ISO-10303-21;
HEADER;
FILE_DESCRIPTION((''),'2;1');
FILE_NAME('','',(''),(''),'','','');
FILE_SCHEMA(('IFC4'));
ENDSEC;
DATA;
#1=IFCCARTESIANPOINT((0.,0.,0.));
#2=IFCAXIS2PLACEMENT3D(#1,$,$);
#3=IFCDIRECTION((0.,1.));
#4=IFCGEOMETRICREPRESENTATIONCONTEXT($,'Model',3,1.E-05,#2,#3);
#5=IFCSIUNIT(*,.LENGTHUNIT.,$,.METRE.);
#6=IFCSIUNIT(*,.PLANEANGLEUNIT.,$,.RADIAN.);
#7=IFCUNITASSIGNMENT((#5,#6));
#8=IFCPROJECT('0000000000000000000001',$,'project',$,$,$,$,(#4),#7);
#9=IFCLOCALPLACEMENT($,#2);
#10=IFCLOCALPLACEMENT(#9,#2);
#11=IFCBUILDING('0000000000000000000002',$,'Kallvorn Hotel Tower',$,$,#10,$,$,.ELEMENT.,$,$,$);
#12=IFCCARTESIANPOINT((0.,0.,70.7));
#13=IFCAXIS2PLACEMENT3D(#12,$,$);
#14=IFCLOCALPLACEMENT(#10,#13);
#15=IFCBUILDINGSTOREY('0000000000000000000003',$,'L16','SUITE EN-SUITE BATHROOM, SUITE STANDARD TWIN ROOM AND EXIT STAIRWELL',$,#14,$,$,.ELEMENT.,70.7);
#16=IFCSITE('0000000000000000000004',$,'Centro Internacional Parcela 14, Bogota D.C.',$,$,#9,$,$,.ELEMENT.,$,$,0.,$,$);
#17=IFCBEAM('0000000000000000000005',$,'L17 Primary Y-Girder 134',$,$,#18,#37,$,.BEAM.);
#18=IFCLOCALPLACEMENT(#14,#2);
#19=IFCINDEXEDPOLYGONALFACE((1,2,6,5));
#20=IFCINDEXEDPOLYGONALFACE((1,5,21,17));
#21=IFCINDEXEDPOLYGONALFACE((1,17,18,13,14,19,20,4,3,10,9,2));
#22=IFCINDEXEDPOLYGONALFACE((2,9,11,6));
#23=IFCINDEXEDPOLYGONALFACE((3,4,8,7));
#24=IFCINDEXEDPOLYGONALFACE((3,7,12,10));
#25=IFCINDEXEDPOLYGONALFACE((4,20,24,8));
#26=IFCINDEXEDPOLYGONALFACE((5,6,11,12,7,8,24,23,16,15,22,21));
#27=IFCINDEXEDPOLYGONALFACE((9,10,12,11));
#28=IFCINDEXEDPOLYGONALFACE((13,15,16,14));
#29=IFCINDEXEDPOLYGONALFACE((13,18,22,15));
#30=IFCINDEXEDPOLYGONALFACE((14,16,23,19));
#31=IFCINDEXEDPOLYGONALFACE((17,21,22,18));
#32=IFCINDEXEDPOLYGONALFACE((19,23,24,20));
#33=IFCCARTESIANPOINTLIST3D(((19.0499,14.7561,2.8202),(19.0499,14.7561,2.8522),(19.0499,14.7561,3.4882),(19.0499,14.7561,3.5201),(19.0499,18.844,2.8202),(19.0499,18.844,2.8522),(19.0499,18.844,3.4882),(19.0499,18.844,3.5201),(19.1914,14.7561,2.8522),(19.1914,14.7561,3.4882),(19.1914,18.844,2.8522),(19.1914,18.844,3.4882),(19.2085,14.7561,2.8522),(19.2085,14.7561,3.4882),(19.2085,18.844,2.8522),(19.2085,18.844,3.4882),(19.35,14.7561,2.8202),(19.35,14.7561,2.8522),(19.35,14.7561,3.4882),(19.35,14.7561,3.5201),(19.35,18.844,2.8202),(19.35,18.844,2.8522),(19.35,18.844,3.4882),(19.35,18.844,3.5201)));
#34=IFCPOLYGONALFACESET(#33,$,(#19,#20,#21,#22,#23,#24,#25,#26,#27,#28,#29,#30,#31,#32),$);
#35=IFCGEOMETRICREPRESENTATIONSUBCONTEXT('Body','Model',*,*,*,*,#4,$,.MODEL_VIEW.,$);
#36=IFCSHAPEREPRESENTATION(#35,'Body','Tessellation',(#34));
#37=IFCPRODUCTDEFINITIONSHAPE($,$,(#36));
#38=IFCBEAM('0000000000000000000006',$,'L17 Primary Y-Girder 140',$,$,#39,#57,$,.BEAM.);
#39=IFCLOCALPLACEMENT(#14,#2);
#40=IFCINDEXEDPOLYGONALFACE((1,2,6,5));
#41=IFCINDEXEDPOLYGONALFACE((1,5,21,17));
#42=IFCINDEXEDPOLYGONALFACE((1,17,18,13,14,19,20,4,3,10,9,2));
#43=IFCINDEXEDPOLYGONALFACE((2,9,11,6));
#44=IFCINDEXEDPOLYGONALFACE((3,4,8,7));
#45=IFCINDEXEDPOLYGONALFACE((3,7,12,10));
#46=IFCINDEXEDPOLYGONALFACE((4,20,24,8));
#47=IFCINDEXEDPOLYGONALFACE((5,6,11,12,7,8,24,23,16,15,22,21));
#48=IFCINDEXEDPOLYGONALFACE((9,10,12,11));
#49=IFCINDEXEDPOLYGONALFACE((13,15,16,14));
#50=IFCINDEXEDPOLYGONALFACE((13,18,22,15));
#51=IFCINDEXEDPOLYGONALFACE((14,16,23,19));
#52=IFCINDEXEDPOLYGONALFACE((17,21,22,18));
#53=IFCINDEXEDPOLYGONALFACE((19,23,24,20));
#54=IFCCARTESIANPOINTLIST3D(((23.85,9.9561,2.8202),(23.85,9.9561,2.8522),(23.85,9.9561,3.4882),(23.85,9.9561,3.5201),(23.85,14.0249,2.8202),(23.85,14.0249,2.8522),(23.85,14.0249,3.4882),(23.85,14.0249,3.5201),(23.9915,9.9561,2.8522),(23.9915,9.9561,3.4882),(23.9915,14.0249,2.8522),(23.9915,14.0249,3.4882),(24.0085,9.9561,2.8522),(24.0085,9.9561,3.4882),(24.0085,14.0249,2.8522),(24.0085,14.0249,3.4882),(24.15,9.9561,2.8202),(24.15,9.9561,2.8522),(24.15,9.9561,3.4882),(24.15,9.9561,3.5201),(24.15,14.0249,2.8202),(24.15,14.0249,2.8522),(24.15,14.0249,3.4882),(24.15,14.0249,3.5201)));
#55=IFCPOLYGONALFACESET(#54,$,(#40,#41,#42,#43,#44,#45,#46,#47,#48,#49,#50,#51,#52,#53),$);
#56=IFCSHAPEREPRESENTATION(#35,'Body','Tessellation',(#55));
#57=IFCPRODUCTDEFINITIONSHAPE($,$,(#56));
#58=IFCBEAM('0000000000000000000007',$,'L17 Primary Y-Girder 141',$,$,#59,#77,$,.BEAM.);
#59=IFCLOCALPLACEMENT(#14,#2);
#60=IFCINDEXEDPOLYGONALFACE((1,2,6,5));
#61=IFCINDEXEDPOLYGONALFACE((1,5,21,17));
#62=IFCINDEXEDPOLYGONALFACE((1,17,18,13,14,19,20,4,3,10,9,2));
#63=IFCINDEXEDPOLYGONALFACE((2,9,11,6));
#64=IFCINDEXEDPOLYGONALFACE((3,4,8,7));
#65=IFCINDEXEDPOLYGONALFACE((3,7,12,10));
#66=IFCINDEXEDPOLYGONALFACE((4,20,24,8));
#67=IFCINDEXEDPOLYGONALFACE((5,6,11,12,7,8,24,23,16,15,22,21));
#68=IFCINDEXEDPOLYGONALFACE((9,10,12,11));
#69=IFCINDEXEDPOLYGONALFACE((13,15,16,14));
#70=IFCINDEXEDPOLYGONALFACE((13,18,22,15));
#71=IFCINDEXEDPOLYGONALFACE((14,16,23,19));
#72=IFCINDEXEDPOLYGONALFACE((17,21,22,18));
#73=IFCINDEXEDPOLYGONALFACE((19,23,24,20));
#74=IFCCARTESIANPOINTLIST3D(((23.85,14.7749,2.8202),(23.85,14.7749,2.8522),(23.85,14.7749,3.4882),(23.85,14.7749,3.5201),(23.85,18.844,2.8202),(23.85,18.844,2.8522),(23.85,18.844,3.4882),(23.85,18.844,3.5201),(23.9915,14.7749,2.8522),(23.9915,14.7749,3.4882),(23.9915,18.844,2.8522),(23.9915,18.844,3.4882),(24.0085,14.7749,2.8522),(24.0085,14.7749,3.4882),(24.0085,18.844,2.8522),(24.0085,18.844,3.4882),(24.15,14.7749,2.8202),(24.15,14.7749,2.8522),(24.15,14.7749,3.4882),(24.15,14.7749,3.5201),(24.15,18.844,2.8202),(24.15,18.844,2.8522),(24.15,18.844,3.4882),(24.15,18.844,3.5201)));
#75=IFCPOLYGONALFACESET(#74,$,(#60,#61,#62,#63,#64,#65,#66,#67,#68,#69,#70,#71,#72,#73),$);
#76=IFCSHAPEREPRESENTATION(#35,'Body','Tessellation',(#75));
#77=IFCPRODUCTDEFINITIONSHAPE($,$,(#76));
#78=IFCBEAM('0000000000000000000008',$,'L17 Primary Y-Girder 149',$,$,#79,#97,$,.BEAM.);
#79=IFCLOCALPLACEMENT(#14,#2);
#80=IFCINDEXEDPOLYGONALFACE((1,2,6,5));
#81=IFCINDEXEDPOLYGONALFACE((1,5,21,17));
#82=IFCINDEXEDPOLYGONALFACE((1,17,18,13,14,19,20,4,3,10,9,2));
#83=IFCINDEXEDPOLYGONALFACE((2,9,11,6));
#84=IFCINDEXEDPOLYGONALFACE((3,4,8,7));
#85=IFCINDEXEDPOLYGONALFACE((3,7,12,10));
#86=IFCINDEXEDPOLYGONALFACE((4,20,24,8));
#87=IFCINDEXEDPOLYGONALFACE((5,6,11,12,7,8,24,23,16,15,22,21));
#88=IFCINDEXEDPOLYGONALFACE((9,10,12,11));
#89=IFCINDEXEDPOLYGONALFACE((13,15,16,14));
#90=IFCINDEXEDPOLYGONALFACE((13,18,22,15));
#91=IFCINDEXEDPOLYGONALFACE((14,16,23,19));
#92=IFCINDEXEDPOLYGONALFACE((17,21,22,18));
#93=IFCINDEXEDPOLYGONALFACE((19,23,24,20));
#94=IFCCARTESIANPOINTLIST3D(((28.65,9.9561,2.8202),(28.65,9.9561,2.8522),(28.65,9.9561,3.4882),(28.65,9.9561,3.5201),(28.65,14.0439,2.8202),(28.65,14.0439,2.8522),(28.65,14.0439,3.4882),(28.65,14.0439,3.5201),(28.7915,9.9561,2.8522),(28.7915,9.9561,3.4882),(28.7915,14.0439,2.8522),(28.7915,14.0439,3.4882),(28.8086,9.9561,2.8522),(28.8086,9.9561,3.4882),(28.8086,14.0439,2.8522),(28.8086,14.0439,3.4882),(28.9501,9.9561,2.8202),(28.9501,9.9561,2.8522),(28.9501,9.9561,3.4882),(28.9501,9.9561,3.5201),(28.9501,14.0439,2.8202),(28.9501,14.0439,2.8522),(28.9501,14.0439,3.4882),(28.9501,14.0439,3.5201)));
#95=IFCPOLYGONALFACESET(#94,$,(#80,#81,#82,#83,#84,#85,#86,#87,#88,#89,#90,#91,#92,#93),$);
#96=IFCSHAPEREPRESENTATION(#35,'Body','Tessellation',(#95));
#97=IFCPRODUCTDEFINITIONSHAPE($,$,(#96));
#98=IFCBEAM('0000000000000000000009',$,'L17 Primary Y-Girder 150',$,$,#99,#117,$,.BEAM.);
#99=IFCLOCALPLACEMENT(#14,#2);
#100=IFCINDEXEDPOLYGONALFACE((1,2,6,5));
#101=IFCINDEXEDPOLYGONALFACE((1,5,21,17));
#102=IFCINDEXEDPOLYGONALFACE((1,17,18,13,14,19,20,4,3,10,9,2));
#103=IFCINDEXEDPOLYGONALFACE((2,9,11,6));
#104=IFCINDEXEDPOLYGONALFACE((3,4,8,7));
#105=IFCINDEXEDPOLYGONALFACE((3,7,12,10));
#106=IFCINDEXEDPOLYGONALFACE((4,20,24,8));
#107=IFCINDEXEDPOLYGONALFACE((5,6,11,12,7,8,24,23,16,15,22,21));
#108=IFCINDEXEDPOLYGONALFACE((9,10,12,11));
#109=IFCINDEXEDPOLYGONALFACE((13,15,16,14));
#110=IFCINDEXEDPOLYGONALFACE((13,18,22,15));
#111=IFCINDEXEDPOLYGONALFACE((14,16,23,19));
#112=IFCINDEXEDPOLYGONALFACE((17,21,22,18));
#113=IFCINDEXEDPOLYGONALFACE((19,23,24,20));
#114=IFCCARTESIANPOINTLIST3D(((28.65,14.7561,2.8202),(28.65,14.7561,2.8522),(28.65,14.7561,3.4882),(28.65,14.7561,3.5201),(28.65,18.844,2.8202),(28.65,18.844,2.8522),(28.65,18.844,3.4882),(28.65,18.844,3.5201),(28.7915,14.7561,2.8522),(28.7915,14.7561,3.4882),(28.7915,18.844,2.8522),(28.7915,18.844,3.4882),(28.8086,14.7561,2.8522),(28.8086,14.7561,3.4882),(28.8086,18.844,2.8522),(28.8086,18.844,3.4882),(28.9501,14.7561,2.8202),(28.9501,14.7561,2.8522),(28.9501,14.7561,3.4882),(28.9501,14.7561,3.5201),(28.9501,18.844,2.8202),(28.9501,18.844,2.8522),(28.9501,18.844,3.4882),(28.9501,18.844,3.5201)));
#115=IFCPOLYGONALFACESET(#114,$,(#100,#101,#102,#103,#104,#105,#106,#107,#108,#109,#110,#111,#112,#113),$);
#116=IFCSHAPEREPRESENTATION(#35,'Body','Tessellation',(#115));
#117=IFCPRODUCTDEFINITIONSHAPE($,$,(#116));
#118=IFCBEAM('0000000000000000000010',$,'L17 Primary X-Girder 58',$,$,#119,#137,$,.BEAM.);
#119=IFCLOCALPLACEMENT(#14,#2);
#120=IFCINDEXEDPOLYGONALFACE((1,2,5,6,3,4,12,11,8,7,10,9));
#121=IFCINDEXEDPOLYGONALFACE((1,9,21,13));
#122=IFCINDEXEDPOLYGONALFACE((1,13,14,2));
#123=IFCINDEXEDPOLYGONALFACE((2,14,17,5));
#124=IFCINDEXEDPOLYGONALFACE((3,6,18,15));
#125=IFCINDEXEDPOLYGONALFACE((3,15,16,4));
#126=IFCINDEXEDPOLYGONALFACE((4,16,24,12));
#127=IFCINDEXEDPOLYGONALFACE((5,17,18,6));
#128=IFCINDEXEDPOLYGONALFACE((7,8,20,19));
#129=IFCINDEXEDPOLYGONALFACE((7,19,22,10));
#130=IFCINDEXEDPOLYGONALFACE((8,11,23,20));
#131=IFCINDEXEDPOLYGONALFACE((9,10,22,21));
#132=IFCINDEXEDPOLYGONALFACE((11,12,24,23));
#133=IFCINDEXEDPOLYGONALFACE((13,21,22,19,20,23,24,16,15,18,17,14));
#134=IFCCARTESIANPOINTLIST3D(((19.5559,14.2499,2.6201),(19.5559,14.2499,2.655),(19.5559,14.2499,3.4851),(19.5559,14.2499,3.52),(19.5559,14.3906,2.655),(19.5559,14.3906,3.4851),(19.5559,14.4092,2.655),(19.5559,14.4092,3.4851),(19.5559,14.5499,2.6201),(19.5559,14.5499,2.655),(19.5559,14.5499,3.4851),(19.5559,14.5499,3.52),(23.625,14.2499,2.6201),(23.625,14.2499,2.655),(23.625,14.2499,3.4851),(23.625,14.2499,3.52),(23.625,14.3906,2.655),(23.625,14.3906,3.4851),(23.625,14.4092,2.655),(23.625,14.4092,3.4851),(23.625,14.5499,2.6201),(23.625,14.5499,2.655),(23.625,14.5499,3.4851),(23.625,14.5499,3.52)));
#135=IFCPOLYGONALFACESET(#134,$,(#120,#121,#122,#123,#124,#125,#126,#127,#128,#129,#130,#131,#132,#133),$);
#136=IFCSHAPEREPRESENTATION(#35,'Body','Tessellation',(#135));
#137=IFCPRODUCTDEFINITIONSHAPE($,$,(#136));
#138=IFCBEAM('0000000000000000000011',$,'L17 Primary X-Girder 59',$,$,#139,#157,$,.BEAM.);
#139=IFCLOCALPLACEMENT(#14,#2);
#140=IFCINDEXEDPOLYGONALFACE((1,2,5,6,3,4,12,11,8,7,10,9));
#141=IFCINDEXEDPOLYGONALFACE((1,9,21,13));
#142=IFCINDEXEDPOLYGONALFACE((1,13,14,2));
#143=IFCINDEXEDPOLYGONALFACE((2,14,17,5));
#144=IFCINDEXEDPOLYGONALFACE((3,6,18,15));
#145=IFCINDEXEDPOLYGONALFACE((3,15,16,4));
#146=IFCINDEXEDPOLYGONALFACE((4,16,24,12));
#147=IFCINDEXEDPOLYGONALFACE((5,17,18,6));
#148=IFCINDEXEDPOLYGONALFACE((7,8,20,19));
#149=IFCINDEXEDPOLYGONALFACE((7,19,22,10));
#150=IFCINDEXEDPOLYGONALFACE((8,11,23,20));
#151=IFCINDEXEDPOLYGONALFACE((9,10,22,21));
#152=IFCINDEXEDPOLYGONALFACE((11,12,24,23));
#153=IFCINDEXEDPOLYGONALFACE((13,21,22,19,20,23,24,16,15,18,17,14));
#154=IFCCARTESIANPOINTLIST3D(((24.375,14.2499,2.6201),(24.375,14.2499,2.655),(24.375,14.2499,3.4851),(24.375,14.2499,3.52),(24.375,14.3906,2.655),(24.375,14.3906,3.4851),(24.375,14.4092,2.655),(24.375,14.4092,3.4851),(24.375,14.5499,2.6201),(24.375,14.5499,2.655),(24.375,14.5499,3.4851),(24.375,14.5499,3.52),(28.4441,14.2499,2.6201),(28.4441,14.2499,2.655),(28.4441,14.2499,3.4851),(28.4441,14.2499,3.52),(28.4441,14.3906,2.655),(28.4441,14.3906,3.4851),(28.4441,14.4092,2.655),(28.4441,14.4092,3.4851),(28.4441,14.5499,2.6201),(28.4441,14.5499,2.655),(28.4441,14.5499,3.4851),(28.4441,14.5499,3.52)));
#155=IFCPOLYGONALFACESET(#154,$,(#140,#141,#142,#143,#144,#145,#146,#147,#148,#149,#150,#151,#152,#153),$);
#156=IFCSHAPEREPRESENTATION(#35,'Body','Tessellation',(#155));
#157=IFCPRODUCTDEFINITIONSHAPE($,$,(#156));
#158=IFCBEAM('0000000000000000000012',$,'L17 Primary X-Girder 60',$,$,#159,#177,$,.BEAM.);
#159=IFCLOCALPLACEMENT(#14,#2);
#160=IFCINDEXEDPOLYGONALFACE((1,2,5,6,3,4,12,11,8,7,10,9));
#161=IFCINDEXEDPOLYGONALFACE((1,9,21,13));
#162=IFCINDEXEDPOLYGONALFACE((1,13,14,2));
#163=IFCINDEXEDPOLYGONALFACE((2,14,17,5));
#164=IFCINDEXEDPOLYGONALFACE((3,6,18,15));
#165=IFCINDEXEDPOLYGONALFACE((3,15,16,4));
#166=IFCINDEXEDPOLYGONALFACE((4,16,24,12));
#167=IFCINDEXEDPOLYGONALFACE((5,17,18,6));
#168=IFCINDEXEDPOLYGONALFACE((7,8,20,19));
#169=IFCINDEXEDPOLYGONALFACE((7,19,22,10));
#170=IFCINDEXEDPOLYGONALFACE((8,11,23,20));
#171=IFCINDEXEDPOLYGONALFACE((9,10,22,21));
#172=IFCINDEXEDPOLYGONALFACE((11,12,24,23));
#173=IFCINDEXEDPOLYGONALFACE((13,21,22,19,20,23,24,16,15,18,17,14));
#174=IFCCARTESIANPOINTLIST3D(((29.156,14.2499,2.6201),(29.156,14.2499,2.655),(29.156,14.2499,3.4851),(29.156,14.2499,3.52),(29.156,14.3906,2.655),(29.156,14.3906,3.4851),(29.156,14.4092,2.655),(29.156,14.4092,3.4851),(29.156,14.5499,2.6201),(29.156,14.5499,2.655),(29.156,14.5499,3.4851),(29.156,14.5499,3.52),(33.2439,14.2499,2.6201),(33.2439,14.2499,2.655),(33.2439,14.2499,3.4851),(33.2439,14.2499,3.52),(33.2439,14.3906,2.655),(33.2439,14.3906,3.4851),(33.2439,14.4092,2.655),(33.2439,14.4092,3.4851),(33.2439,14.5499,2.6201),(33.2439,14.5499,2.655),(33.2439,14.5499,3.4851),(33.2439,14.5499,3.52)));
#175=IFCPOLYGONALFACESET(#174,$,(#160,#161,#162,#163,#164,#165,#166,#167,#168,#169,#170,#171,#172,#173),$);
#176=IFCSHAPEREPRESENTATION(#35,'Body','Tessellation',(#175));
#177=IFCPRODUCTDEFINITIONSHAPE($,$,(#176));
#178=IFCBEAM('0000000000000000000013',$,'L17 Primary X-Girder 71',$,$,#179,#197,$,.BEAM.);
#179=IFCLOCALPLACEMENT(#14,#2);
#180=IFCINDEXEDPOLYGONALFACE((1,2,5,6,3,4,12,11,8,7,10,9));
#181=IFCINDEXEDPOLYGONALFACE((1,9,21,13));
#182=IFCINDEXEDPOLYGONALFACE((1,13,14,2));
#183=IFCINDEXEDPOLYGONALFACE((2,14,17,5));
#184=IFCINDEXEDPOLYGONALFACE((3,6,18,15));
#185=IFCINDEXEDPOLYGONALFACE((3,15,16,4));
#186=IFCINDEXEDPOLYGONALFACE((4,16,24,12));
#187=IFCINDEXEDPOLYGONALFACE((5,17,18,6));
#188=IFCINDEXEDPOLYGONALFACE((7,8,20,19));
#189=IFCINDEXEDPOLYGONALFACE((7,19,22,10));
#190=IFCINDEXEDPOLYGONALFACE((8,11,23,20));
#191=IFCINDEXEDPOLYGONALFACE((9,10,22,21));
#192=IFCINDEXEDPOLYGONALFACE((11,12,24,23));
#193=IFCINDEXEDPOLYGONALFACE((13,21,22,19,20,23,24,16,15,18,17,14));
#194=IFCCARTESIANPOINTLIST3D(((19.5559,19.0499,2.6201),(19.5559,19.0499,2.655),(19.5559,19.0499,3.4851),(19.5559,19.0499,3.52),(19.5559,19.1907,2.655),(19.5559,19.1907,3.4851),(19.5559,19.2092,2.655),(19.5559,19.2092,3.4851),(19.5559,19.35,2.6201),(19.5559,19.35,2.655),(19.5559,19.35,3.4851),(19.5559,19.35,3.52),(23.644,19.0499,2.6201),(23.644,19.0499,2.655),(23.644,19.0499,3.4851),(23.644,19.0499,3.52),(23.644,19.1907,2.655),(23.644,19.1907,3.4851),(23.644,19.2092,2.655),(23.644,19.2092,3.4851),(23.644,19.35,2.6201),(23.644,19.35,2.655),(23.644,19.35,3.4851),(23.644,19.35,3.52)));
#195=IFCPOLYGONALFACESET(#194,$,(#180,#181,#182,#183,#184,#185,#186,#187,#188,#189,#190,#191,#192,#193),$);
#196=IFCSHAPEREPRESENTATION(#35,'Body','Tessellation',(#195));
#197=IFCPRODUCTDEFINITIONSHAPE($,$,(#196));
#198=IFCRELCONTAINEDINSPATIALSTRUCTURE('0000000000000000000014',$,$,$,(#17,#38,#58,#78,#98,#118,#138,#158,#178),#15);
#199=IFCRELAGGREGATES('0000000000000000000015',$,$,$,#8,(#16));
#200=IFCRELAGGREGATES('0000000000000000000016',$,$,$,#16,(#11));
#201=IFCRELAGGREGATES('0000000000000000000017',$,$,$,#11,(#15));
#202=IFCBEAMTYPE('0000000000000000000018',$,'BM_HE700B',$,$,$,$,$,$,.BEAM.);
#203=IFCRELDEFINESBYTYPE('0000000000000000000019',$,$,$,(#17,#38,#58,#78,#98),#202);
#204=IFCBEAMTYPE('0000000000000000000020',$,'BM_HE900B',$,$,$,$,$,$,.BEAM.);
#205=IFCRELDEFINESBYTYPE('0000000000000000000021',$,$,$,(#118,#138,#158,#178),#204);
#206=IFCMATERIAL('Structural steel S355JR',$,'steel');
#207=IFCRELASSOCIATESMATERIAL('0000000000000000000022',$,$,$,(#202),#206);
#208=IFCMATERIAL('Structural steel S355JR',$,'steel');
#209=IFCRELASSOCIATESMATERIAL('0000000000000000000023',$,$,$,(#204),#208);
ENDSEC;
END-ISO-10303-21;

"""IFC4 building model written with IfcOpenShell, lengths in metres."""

from ifc_helpers import new_model, si_unit, direction, frame, origin, origin_2d, place, context, subcontext, project, spatial, i_section, extrude, material, material_profile, profile_set, type_object, element, save


model = new_model("IFC4")

# Units and contexts
model_context = context("Model", 3, precision=1e-05, world=origin(), true_north=direction((0.0, 1.0)))
body_context = subcontext(model_context, "Body", "Model", "MODEL_VIEW")
ifc_project = project(units=[si_unit("LENGTHUNIT", "METRE"), si_unit("PLANEANGLEUNIT", "RADIAN")], contexts=[model_context])

# Site, building, storey
site_placement = place(None, origin())
site = spatial("IfcSite", under=ifc_project, at=site_placement, Name="Centro Internacional Parcela 14, Bogota D.C.", CompositionType="ELEMENT", RefElevation=0.0)
building_placement = place(site_placement, origin())
building = spatial("IfcBuilding", under=site, at=building_placement, Name="Kallvorn Hotel Tower", CompositionType="ELEMENT")
storey_placement = place(building_placement, frame((0.0, 0.0, 70.7)))
storey = spatial("IfcBuildingStorey", under=building, at=storey_placement, Name="L16", Description="SUITE EN-SUITE BATHROOM, SUITE STANDARD TWIN ROOM AND EXIT STAIRWELL", CompositionType="ELEMENT", Elevation=70.7)

# Beams
ifc_material_1 = material(Name="Structural steel S355JR", Category="steel")
ifc_material_profile_1 = material_profile(ifc_material_1, i_section(OverallWidth=0.3, OverallDepth=0.7, WebThickness=0.0171, FlangeThickness=0.032, at=origin_2d()), Name="HE 700 B")
ifc_profile_set_1 = profile_set([ifc_material_profile_1], Name="Structural steel S355JR")
beam_type_1 = type_object("IfcBeamType", Name="BM_HE700B", PredefinedType="BEAM", material=ifc_profile_set_1)
beam_1_placement = place(storey_placement, frame((19.2, 14.7561, 3.1702), z_axis=(0.0, 1.0, 0.0), x_axis=(-1.0, 0.0, 0.0)))
element("IfcBeam", 1, at=beam_1_placement, inside=storey, type_object=beam_type_1, Name="L17 Primary Y-Girder 134", PredefinedType="BEAM", context=body_context, shape_type="SweptSolid", body=[
    extrude(i_section(OverallWidth=0.3, OverallDepth=0.7, WebThickness=0.0171, FlangeThickness=0.032, at=origin_2d()), origin(), (0.0, 0.0, 1.0), 4.0879),
])
beam_2_placement = place(storey_placement, frame((24.0, 9.9561, 3.1702), z_axis=(0.0, 1.0, 0.0), x_axis=(-1.0, 0.0, 0.0)))
element("IfcBeam", 2, at=beam_2_placement, inside=storey, type_object=beam_type_1, Name="L17 Primary Y-Girder 140", PredefinedType="BEAM", context=body_context, shape_type="SweptSolid", body=[
    extrude(i_section(OverallWidth=0.3, OverallDepth=0.7, WebThickness=0.0171, FlangeThickness=0.032, at=origin_2d()), origin(), (0.0, 0.0, 1.0), 4.0688),
])
beam_3_placement = place(storey_placement, frame((24.0, 14.7749, 3.1702), z_axis=(0.0, 1.0, 0.0), x_axis=(-1.0, 0.0, 0.0)))
element("IfcBeam", 3, at=beam_3_placement, inside=storey, type_object=beam_type_1, Name="L17 Primary Y-Girder 141", PredefinedType="BEAM", context=body_context, shape_type="SweptSolid", body=[
    extrude(i_section(OverallWidth=0.3, OverallDepth=0.7, WebThickness=0.0171, FlangeThickness=0.032, at=origin_2d()), origin(), (0.0, 0.0, 1.0), 4.0691),
])
for number, where, z_axis, x_axis, name in (
    (4, (28.8, 9.9561, 3.1702), (0.0, 1.0, 0.0), (-1.0, 0.0, 0.0), "L17 Primary Y-Girder 149"),
    (5, (28.8, 14.7561, 3.1702), (0.0, 1.0, 0.0), (-1.0, 0.0, 0.0), "L17 Primary Y-Girder 150"),
):
    element("IfcBeam", number, at=place(storey_placement, frame(where, z_axis=z_axis, x_axis=x_axis)), inside=storey, type_object=beam_type_1, Name=name, PredefinedType="BEAM", context=body_context, shape_type="SweptSolid", body=[
        extrude(i_section(OverallWidth=0.3, OverallDepth=0.7, WebThickness=0.0171, FlangeThickness=0.032, at=origin_2d()), origin(), (0.0, 0.0, 1.0), 4.0879),
    ])
ifc_material_2 = material(Name="Structural steel S355JR", Category="steel")
ifc_material_profile_2 = material_profile(ifc_material_2, i_section(OverallWidth=0.3, OverallDepth=0.8999, WebThickness=0.0186, FlangeThickness=0.0349, at=origin_2d()), Name="HE 900 B")
ifc_profile_set_2 = profile_set([ifc_material_profile_2], Name="Structural steel S355JR")
beam_type_2 = type_object("IfcBeamType", Name="BM_HE900B", PredefinedType="BEAM", material=ifc_profile_set_2)
for number, where, z_axis, x_axis, name in (
    (6, (19.5559, 14.3999, 3.0701), (1.0, 0.0, 0.0), (0.0, 1.0, 0.0), "L17 Primary X-Girder 58"),
    (7, (24.375, 14.3999, 3.0701), (1.0, 0.0, 0.0), (0.0, 1.0, 0.0), "L17 Primary X-Girder 59"),
):
    element("IfcBeam", number, at=place(storey_placement, frame(where, z_axis=z_axis, x_axis=x_axis)), inside=storey, type_object=beam_type_2, Name=name, PredefinedType="BEAM", context=body_context, shape_type="SweptSolid", body=[
        extrude(i_section(OverallWidth=0.3, OverallDepth=0.8999, WebThickness=0.0186, FlangeThickness=0.0349, at=origin_2d()), origin(), (0.0, 0.0, 1.0), 4.0691),
    ])
beam_4_placement = place(storey_placement, frame((29.156, 14.3999, 3.0701), z_axis=(1.0, 0.0, 0.0), x_axis=(0.0, 1.0, 0.0)))
element("IfcBeam", 8, at=beam_4_placement, inside=storey, type_object=beam_type_2, Name="L17 Primary X-Girder 60", PredefinedType="BEAM", context=body_context, shape_type="SweptSolid", body=[
    extrude(i_section(OverallWidth=0.3, OverallDepth=0.8999, WebThickness=0.0186, FlangeThickness=0.0349, at=origin_2d()), origin(), (0.0, 0.0, 1.0), 4.0879),
])
for number, where, z_axis, x_axis, name in (
    (9, (19.5559, 19.2, 3.0701), (1.0, 0.0, 0.0), (0.0, 1.0, 0.0), "L17 Primary X-Girder 71"),
):
    element("IfcBeam", number, at=place(storey_placement, frame(where, z_axis=z_axis, x_axis=x_axis)), inside=storey, type_object=beam_type_2, Name=name, PredefinedType="BEAM", context=body_context, shape_type="SweptSolid", body=[
        extrude(i_section(OverallWidth=0.3, OverallDepth=0.8999, WebThickness=0.0186, FlangeThickness=0.0349, at=origin_2d()), origin(), (0.0, 0.0, 1.0), 4.0881),
    ])

save(model, "model.ifc")
